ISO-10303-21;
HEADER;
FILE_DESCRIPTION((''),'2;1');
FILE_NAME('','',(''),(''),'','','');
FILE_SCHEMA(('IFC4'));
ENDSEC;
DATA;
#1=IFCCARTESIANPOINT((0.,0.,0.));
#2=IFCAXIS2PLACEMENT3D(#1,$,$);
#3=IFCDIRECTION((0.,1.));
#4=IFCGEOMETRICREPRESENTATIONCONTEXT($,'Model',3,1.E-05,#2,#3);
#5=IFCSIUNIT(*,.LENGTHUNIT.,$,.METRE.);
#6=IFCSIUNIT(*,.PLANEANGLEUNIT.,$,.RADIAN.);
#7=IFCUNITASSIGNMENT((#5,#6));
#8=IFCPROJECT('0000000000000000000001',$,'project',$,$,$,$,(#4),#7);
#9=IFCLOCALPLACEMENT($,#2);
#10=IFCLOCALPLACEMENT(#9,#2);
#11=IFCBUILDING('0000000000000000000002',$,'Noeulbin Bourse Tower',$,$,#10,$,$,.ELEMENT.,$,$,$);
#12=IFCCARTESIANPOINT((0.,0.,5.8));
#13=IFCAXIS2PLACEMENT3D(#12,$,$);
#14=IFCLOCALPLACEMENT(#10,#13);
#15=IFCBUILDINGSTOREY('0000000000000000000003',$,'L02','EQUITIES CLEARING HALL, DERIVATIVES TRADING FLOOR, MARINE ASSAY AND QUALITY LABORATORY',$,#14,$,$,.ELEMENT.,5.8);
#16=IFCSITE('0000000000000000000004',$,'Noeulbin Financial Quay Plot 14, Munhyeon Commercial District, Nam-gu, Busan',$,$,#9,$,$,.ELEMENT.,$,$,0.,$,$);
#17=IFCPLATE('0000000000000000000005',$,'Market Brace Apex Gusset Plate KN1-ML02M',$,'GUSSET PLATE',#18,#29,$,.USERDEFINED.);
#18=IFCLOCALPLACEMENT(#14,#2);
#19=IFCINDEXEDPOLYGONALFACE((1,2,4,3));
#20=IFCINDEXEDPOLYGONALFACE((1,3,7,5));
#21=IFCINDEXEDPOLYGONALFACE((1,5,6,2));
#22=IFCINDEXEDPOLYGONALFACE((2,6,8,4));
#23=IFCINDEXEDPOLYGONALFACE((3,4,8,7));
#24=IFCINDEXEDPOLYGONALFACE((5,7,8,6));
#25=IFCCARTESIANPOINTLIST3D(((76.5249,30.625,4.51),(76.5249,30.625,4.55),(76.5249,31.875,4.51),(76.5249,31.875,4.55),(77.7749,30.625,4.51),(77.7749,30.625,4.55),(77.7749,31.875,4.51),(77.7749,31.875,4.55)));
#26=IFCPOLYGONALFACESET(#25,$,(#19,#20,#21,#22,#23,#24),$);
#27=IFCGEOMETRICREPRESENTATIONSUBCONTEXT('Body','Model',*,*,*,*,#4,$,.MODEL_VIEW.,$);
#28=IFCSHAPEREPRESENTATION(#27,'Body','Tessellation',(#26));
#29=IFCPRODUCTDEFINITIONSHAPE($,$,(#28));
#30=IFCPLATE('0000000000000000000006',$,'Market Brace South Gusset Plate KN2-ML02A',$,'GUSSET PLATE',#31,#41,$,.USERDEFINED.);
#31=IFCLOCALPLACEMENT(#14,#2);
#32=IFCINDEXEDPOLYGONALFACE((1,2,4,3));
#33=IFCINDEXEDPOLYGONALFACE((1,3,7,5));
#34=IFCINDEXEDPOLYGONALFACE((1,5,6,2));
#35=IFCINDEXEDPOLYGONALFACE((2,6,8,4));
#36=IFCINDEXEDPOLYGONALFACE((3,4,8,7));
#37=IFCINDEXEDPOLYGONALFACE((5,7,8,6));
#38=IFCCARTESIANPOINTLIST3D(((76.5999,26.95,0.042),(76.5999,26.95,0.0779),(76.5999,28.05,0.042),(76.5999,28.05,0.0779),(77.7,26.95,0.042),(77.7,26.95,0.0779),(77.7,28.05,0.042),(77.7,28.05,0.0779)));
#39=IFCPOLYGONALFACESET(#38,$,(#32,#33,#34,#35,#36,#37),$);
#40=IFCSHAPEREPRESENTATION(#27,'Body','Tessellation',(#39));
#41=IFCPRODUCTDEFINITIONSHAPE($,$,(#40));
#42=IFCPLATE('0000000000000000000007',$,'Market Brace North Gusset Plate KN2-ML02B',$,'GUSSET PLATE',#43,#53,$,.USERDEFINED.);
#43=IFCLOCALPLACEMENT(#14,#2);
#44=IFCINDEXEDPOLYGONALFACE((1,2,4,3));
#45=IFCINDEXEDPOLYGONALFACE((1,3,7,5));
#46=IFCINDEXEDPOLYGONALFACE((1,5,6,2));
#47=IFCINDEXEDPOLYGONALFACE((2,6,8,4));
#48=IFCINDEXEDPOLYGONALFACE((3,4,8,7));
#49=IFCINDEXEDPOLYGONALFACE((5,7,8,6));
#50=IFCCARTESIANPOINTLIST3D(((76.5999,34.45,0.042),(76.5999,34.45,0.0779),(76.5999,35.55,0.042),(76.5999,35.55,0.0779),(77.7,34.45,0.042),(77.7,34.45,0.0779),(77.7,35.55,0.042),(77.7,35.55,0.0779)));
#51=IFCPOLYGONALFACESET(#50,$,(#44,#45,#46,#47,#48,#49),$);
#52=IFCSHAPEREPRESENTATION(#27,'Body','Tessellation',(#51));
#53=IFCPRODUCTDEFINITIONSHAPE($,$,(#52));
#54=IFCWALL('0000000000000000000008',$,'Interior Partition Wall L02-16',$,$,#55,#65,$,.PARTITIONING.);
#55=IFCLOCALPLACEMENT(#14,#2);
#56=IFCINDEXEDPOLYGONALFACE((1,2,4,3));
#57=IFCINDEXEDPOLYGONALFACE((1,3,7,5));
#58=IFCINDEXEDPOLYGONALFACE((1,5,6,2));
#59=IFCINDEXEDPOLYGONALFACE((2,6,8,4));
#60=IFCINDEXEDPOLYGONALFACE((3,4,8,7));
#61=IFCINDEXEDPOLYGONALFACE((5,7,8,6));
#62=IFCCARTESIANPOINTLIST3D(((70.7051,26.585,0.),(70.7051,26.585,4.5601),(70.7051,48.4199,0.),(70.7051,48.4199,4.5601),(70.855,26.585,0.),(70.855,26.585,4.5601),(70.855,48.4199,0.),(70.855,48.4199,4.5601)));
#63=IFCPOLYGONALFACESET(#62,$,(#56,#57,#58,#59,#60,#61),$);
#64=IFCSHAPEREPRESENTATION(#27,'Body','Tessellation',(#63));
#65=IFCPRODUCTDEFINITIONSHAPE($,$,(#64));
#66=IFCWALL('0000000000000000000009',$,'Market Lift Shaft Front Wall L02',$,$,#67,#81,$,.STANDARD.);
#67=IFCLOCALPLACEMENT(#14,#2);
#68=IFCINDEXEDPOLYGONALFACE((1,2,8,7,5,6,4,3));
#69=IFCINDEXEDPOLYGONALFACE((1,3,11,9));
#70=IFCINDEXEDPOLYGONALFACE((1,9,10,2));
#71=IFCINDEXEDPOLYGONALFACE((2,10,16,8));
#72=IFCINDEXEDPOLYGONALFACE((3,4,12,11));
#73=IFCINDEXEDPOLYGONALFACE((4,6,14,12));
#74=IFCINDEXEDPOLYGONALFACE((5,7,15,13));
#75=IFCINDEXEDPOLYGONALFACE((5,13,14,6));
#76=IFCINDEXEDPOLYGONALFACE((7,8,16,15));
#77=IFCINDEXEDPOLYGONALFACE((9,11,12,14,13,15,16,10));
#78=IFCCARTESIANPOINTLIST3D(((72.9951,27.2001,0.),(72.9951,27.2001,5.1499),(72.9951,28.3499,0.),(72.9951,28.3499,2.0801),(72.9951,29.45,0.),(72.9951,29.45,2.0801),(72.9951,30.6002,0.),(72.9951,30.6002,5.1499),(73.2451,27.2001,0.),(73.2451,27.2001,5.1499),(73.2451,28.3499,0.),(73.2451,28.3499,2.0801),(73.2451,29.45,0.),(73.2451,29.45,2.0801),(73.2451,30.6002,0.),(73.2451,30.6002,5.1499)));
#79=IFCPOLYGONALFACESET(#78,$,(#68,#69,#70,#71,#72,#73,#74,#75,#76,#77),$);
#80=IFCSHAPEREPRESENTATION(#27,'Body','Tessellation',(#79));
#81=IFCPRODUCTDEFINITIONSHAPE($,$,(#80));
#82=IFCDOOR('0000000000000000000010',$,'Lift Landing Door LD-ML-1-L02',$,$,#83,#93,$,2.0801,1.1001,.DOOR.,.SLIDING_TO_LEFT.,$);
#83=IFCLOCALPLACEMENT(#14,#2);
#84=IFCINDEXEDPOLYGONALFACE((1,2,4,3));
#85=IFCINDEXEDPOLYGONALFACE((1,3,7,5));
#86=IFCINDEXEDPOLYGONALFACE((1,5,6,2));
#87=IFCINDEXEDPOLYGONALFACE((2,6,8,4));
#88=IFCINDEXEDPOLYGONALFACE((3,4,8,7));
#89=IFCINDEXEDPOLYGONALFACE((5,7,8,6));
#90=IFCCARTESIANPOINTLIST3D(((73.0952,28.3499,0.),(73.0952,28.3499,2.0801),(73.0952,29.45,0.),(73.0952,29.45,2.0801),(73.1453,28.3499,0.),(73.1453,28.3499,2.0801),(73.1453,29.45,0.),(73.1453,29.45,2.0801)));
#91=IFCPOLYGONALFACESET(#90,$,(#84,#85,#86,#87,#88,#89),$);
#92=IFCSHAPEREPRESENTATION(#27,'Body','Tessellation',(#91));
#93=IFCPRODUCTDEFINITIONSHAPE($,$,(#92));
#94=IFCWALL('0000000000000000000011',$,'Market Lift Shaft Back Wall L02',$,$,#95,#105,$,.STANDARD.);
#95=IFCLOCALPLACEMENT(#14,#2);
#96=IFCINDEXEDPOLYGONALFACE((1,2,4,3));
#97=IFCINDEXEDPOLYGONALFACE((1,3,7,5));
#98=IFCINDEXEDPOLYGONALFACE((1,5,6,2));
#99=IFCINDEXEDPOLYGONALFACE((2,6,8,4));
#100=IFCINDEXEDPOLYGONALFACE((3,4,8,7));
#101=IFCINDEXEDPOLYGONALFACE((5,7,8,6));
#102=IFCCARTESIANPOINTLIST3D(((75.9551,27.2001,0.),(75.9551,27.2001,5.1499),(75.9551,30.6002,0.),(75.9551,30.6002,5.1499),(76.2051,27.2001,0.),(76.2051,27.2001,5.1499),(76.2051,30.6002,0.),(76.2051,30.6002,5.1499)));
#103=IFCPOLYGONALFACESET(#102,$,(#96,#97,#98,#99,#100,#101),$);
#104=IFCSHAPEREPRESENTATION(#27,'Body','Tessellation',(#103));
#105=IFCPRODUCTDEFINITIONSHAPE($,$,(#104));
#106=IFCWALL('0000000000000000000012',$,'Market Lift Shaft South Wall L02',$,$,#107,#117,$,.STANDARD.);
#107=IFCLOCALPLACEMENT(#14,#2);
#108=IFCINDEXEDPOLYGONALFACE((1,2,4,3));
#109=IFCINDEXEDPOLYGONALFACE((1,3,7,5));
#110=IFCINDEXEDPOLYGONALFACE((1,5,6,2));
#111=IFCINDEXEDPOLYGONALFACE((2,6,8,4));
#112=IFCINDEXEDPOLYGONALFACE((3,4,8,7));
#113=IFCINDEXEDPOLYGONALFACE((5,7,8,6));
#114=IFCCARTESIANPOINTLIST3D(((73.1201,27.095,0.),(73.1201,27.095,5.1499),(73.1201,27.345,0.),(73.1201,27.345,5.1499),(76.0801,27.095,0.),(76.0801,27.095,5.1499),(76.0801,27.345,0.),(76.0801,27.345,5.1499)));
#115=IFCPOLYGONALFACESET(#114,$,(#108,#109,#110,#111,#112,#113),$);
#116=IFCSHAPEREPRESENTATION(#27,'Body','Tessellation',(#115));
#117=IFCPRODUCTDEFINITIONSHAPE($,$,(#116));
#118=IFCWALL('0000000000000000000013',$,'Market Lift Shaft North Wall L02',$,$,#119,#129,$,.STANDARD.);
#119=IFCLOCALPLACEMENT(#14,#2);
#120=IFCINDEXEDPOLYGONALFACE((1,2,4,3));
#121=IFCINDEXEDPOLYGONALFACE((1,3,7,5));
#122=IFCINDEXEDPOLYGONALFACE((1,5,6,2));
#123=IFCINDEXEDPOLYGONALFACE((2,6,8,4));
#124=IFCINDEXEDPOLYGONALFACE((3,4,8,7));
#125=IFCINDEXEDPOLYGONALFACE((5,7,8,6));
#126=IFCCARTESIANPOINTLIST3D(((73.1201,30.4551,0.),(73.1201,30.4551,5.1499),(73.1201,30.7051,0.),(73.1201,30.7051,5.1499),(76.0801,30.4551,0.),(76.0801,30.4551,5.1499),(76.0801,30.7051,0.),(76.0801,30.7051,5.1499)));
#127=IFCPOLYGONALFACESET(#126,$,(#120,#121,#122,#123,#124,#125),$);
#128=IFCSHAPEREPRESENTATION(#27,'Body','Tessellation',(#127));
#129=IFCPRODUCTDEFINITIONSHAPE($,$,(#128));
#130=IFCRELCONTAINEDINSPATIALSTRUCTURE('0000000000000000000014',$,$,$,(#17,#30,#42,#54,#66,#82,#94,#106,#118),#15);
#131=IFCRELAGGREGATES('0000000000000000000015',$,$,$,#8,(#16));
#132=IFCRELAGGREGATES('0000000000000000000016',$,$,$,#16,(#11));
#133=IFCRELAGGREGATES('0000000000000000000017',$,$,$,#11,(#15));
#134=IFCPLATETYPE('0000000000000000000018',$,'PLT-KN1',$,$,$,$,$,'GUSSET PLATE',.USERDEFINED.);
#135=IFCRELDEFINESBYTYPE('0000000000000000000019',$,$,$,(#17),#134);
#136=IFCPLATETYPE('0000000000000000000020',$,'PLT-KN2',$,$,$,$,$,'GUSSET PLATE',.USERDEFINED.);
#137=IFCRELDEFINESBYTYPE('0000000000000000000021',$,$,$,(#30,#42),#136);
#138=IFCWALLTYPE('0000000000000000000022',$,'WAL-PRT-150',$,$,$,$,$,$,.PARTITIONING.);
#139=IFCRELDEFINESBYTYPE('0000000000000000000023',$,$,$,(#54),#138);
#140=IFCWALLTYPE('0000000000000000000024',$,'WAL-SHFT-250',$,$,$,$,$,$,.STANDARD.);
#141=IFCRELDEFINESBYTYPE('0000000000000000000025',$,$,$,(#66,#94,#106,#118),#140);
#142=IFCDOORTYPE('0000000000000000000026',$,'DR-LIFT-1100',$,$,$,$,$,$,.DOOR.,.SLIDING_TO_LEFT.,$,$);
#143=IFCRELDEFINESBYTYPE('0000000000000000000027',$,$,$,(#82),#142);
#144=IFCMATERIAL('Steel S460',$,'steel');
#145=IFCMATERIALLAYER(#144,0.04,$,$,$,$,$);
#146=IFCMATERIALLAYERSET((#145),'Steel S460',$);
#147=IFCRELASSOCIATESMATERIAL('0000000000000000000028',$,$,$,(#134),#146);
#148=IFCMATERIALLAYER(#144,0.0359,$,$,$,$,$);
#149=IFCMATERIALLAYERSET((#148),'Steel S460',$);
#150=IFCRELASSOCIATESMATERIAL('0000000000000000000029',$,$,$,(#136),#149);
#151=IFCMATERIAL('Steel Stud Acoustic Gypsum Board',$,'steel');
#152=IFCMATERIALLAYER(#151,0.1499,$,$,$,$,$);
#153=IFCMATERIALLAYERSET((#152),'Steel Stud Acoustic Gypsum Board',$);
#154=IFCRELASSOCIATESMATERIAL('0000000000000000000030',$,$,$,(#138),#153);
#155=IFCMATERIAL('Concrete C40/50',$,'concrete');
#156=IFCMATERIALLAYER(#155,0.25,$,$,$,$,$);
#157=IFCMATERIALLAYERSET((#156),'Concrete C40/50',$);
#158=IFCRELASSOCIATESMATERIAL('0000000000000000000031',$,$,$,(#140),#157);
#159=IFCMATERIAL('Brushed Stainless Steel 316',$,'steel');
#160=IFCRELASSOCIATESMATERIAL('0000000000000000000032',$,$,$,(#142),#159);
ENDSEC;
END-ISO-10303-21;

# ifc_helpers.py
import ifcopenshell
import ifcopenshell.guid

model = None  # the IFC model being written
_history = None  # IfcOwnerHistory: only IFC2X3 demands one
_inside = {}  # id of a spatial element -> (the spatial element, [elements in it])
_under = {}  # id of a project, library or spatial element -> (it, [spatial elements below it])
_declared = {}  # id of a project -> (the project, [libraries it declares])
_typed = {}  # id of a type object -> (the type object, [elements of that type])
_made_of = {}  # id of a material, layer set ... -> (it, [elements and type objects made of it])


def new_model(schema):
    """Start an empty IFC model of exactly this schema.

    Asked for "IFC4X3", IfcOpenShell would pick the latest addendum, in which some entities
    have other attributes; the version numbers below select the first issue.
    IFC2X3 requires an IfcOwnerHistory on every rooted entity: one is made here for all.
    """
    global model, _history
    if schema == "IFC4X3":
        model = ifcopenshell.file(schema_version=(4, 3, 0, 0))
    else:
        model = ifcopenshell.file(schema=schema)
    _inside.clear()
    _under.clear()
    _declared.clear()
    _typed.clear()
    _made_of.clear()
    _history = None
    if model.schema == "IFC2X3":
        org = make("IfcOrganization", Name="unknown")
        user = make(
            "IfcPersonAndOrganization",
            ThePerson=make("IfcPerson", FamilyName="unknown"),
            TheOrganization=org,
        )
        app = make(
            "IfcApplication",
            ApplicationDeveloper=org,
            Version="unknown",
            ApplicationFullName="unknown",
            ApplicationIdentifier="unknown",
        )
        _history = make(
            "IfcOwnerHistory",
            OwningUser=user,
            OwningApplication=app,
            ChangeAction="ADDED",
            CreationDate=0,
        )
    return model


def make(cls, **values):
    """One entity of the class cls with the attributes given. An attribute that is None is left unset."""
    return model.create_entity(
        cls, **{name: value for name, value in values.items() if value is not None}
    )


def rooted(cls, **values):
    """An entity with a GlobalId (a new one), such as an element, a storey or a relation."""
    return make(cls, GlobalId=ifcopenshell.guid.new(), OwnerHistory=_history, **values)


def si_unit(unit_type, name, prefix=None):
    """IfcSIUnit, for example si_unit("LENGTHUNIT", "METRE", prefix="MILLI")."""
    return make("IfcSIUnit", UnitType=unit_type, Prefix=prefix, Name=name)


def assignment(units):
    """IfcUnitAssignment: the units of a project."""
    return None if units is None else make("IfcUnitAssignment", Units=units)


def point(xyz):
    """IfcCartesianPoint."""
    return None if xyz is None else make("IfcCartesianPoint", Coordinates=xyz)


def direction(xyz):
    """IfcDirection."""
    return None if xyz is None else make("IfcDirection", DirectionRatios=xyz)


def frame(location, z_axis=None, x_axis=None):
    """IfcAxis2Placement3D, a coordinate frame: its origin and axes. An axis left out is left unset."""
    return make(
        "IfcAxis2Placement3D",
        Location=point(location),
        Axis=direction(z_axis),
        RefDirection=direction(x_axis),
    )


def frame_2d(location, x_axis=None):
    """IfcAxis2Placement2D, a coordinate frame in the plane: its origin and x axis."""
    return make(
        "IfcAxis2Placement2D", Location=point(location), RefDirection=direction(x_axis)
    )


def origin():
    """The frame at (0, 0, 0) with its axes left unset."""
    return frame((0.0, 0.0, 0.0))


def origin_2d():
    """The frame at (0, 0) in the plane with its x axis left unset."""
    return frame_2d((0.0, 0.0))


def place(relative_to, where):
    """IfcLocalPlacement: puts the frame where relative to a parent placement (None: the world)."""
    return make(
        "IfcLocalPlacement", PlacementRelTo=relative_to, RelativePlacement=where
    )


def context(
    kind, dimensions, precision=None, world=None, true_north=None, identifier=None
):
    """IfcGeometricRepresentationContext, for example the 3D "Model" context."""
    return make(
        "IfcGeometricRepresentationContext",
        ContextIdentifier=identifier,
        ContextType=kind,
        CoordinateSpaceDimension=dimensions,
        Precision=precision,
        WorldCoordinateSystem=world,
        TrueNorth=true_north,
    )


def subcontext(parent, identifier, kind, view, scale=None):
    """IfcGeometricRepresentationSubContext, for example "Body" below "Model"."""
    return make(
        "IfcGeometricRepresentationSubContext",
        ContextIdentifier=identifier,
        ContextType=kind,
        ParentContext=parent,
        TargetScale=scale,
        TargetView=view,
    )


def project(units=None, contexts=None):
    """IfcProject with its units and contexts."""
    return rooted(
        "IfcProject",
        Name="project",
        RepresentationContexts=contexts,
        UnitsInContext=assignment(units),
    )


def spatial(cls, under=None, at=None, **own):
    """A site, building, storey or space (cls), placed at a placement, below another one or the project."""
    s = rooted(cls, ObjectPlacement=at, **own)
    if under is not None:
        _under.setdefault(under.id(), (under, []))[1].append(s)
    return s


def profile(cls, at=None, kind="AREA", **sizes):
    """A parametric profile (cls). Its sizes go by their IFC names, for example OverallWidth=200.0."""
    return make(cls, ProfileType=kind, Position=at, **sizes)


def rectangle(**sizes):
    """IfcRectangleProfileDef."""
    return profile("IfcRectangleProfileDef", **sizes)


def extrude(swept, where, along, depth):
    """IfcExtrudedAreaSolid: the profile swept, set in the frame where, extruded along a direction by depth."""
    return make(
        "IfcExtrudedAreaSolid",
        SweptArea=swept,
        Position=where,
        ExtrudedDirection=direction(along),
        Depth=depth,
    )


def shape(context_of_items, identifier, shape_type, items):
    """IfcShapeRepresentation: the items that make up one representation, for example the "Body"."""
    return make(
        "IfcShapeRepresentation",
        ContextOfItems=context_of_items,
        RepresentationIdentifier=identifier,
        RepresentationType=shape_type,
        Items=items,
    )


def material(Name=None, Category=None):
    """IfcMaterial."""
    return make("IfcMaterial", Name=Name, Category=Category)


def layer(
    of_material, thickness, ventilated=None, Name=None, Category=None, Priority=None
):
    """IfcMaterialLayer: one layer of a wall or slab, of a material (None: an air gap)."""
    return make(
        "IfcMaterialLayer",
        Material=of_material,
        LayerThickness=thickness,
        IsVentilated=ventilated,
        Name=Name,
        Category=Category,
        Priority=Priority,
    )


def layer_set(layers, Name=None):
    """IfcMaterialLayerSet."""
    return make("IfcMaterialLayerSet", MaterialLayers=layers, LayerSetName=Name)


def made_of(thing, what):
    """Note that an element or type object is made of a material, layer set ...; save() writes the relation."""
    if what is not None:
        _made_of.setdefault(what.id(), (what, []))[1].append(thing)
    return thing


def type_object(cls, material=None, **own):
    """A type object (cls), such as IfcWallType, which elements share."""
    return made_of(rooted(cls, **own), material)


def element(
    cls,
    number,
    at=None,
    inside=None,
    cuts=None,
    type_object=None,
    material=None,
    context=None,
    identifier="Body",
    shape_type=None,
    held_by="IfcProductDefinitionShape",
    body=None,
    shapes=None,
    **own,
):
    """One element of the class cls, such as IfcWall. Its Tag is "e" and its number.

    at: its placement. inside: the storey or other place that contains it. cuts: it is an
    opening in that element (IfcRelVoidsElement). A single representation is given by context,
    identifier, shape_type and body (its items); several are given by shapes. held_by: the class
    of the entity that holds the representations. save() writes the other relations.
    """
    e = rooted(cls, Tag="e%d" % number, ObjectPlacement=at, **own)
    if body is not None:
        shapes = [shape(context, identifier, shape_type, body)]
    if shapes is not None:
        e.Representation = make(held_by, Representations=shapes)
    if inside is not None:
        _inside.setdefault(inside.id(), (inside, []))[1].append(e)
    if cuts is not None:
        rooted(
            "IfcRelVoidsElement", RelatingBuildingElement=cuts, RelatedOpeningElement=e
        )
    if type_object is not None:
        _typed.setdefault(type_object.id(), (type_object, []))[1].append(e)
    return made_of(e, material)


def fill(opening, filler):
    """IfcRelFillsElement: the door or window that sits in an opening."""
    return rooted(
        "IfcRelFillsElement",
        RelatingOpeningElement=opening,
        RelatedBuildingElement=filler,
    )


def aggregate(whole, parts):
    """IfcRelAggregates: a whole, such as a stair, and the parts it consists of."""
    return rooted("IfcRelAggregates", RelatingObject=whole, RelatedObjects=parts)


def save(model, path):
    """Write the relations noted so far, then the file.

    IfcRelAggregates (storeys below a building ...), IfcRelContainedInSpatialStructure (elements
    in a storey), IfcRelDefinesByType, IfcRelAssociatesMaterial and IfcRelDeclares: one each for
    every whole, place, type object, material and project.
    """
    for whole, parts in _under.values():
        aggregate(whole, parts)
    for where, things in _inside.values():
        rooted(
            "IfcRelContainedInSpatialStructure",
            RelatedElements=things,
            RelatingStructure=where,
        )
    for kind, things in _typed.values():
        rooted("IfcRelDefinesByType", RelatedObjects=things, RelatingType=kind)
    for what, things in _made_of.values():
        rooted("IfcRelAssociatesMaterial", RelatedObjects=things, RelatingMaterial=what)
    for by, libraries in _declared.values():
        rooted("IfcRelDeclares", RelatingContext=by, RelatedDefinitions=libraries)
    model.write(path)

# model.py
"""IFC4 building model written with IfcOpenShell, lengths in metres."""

from ifc_helpers import new_model, si_unit, direction, frame, frame_2d, origin, origin_2d, place, context, subcontext, project, spatial, rectangle, extrude, material, layer, layer_set, type_object, element, fill, save


model = new_model("IFC4")

# Units and contexts
model_context = context("Model", 3, precision=1e-05, world=origin(), true_north=direction((0.0, 1.0)))
body_context = subcontext(model_context, "Body", "Model", "MODEL_VIEW")
ifc_project = project(units=[si_unit("LENGTHUNIT", "METRE"), si_unit("PLANEANGLEUNIT", "RADIAN")], contexts=[model_context])

# Site, building, storey
site_placement = place(None, origin())
site = spatial("IfcSite", under=ifc_project, at=site_placement, Name="Noeulbin Financial Quay Plot 14, Munhyeon Commercial District, Nam-gu, Busan", CompositionType="ELEMENT", RefElevation=0.0)
building_placement = place(site_placement, origin())
building = spatial("IfcBuilding", under=site, at=building_placement, Name="Noeulbin Bourse Tower", CompositionType="ELEMENT")
storey_placement = place(building_placement, frame((0.0, 0.0, 5.8)))
storey = spatial("IfcBuildingStorey", under=building, at=storey_placement, Name="L02", Description="EQUITIES CLEARING HALL, DERIVATIVES TRADING FLOOR, MARINE ASSAY AND QUALITY LABORATORY", CompositionType="ELEMENT", Elevation=5.8)

# Plates
ifc_material_1 = material(Name="Steel S460", Category="steel")
ifc_layer_1 = layer(ifc_material_1, 0.04)
ifc_layer_set_1 = layer_set([ifc_layer_1], Name="Steel S460")
plate_type_1 = type_object("IfcPlateType", Name="PLT-KN1", ElementType="GUSSET PLATE", PredefinedType="USERDEFINED", material=ifc_layer_set_1)
plate_placement = place(storey_placement, frame((77.1499, 31.25, 4.51), z_axis=(0.0, 0.0, 1.0), x_axis=(1.0, 0.0, 0.0)))
element("IfcPlate", 1, at=plate_placement, inside=storey, type_object=plate_type_1, Name="Market Brace Apex Gusset Plate KN1-ML02M", ObjectType="GUSSET PLATE", PredefinedType="USERDEFINED", context=body_context, shape_type="SweptSolid", body=[
    extrude(rectangle(XDim=1.25, YDim=1.25, at=origin_2d()), origin(), (0.0, 0.0, 1.0), 0.04),
])
ifc_layer_2 = layer(ifc_material_1, 0.0359)
ifc_layer_set_2 = layer_set([ifc_layer_2], Name="Steel S460")
plate_type_2 = type_object("IfcPlateType", Name="PLT-KN2", ElementType="GUSSET PLATE", PredefinedType="USERDEFINED", material=ifc_layer_set_2)
for number, where, z_axis, x_axis, name in (
    (2, (77.1499, 27.5, 0.042), (0.0, 0.0, 1.0), (1.0, 0.0, 0.0), "Market Brace South Gusset Plate KN2-ML02A"),
    (3, (77.1499, 35.0, 0.042), (0.0, 0.0, 1.0), (1.0, 0.0, 0.0), "Market Brace North Gusset Plate KN2-ML02B"),
):
    element("IfcPlate", number, at=place(storey_placement, frame(where, z_axis=z_axis, x_axis=x_axis)), inside=storey, type_object=plate_type_2, Name=name, ObjectType="GUSSET PLATE", PredefinedType="USERDEFINED", context=body_context, shape_type="SweptSolid", body=[
        extrude(rectangle(XDim=1.1001, YDim=1.1001, at=origin_2d()), origin(), (0.0, 0.0, 1.0), 0.0359),
    ])

# Wall
ifc_material_2 = material(Name="Steel Stud Acoustic Gypsum Board", Category="steel")
ifc_layer_3 = layer(ifc_material_2, 0.1499)
ifc_layer_set_3 = layer_set([ifc_layer_3], Name="Steel Stud Acoustic Gypsum Board")
wall_type_1 = type_object("IfcWallType", Name="WAL-PRT-150", PredefinedType="PARTITIONING", material=ifc_layer_set_3)
wall_1_placement = place(storey_placement, frame((70.78, 26.585, 0.0), z_axis=(0.0, 0.0, 1.0), x_axis=(0.0, 1.0, 0.0)))
element("IfcWall", 4, at=wall_1_placement, inside=storey, type_object=wall_type_1, Name="Interior Partition Wall L02-16", PredefinedType="PARTITIONING", context=body_context, shape_type="SweptSolid", body=[
    extrude(rectangle(XDim=21.835, YDim=0.1499, at=frame_2d((10.9175, 0.0))), origin(), (0.0, 0.0, 1.0), 4.5601),
])

# Wall, opening, door
ifc_material_3 = material(Name="Concrete C40/50", Category="concrete")
ifc_layer_4 = layer(ifc_material_3, 0.25)
ifc_layer_set_4 = layer_set([ifc_layer_4], Name="Concrete C40/50")
wall_type_2 = type_object("IfcWallType", Name="WAL-SHFT-250", PredefinedType="STANDARD", material=ifc_layer_set_4)
wall_2_placement = place(storey_placement, frame((73.1201, 27.2, 0.0), z_axis=(0.0, 0.0, 1.0), x_axis=(0.0, 1.0, 0.0)))
wall_2 = element("IfcWall", 5, at=wall_2_placement, inside=storey, type_object=wall_type_2, Name="Market Lift Shaft Front Wall L02", PredefinedType="STANDARD", context=body_context, shape_type="SweptSolid", body=[
    extrude(rectangle(XDim=3.4001, YDim=0.25, at=frame_2d((1.7002, 0.0))), origin(), (0.0, 0.0, 1.0), 5.1499),
])
opening_placement = place(wall_2_placement, frame((1.1499, 0.0, 0.0)))
opening = element("IfcOpeningElement", 6, at=opening_placement, cuts=wall_2, PredefinedType="OPENING", context=body_context, shape_type="SweptSolid", body=[
    extrude(rectangle(XDim=1.1001, YDim=2.0801, at=frame_2d((0.55, 1.04))), frame((0.0, 0.135, 0.0), z_axis=(0.0, -1.0, 0.0), x_axis=(1.0, 0.0, 0.0)), (0.0, 0.0, 1.0), 0.27),
])
ifc_material_4 = material(Name="Brushed Stainless Steel 316", Category="steel")
door_type = type_object("IfcDoorType", Name="DR-LIFT-1100", OperationType="SLIDING_TO_LEFT", PredefinedType="DOOR", material=ifc_material_4)
door_placement = place(opening_placement, origin())
door = element("IfcDoor", 7, at=door_placement, inside=storey, type_object=door_type, Name="Lift Landing Door LD-ML-1-L02", OperationType="SLIDING_TO_LEFT", OverallHeight=2.0801, OverallWidth=1.1001, PredefinedType="DOOR", context=body_context, shape_type="SweptSolid", body=[
    extrude(rectangle(XDim=1.1001, YDim=2.0801, at=frame_2d((0.55, 1.04))), frame((0.0, 0.0249, 0.0), z_axis=(0.0, -1.0, 0.0), x_axis=(1.0, 0.0, 0.0)), (0.0, 0.0, 1.0), 0.05),
])
fill(opening, door)

# Walls
wall_3_placement = place(storey_placement, frame((76.0801, 27.2, 0.0), z_axis=(0.0, 0.0, 1.0), x_axis=(0.0, 1.0, 0.0)))
element("IfcWall", 8, at=wall_3_placement, inside=storey, type_object=wall_type_2, Name="Market Lift Shaft Back Wall L02", PredefinedType="STANDARD", context=body_context, shape_type="SweptSolid", body=[
    extrude(rectangle(XDim=3.4001, YDim=0.25, at=frame_2d((1.7002, 0.0))), origin(), (0.0, 0.0, 1.0), 5.1499),
])
for number, where, z_axis, x_axis, name in (
    (9, (73.1201, 27.22, 0.0), (0.0, 0.0, 1.0), (1.0, 0.0, 0.0), "Market Lift Shaft South Wall L02"),
    (10, (73.1201, 30.5801, 0.0), (0.0, 0.0, 1.0), (1.0, 0.0, 0.0), "Market Lift Shaft North Wall L02"),
):
    element("IfcWall", number, at=place(storey_placement, frame(where, z_axis=z_axis, x_axis=x_axis)), inside=storey, type_object=wall_type_2, Name=name, PredefinedType="STANDARD", context=body_context, shape_type="SweptSolid", body=[
        extrude(rectangle(XDim=2.96, YDim=0.25, at=frame_2d((1.48, 0.0))), origin(), (0.0, 0.0, 1.0), 5.1499),
    ])

save(model, "model.ifc")
